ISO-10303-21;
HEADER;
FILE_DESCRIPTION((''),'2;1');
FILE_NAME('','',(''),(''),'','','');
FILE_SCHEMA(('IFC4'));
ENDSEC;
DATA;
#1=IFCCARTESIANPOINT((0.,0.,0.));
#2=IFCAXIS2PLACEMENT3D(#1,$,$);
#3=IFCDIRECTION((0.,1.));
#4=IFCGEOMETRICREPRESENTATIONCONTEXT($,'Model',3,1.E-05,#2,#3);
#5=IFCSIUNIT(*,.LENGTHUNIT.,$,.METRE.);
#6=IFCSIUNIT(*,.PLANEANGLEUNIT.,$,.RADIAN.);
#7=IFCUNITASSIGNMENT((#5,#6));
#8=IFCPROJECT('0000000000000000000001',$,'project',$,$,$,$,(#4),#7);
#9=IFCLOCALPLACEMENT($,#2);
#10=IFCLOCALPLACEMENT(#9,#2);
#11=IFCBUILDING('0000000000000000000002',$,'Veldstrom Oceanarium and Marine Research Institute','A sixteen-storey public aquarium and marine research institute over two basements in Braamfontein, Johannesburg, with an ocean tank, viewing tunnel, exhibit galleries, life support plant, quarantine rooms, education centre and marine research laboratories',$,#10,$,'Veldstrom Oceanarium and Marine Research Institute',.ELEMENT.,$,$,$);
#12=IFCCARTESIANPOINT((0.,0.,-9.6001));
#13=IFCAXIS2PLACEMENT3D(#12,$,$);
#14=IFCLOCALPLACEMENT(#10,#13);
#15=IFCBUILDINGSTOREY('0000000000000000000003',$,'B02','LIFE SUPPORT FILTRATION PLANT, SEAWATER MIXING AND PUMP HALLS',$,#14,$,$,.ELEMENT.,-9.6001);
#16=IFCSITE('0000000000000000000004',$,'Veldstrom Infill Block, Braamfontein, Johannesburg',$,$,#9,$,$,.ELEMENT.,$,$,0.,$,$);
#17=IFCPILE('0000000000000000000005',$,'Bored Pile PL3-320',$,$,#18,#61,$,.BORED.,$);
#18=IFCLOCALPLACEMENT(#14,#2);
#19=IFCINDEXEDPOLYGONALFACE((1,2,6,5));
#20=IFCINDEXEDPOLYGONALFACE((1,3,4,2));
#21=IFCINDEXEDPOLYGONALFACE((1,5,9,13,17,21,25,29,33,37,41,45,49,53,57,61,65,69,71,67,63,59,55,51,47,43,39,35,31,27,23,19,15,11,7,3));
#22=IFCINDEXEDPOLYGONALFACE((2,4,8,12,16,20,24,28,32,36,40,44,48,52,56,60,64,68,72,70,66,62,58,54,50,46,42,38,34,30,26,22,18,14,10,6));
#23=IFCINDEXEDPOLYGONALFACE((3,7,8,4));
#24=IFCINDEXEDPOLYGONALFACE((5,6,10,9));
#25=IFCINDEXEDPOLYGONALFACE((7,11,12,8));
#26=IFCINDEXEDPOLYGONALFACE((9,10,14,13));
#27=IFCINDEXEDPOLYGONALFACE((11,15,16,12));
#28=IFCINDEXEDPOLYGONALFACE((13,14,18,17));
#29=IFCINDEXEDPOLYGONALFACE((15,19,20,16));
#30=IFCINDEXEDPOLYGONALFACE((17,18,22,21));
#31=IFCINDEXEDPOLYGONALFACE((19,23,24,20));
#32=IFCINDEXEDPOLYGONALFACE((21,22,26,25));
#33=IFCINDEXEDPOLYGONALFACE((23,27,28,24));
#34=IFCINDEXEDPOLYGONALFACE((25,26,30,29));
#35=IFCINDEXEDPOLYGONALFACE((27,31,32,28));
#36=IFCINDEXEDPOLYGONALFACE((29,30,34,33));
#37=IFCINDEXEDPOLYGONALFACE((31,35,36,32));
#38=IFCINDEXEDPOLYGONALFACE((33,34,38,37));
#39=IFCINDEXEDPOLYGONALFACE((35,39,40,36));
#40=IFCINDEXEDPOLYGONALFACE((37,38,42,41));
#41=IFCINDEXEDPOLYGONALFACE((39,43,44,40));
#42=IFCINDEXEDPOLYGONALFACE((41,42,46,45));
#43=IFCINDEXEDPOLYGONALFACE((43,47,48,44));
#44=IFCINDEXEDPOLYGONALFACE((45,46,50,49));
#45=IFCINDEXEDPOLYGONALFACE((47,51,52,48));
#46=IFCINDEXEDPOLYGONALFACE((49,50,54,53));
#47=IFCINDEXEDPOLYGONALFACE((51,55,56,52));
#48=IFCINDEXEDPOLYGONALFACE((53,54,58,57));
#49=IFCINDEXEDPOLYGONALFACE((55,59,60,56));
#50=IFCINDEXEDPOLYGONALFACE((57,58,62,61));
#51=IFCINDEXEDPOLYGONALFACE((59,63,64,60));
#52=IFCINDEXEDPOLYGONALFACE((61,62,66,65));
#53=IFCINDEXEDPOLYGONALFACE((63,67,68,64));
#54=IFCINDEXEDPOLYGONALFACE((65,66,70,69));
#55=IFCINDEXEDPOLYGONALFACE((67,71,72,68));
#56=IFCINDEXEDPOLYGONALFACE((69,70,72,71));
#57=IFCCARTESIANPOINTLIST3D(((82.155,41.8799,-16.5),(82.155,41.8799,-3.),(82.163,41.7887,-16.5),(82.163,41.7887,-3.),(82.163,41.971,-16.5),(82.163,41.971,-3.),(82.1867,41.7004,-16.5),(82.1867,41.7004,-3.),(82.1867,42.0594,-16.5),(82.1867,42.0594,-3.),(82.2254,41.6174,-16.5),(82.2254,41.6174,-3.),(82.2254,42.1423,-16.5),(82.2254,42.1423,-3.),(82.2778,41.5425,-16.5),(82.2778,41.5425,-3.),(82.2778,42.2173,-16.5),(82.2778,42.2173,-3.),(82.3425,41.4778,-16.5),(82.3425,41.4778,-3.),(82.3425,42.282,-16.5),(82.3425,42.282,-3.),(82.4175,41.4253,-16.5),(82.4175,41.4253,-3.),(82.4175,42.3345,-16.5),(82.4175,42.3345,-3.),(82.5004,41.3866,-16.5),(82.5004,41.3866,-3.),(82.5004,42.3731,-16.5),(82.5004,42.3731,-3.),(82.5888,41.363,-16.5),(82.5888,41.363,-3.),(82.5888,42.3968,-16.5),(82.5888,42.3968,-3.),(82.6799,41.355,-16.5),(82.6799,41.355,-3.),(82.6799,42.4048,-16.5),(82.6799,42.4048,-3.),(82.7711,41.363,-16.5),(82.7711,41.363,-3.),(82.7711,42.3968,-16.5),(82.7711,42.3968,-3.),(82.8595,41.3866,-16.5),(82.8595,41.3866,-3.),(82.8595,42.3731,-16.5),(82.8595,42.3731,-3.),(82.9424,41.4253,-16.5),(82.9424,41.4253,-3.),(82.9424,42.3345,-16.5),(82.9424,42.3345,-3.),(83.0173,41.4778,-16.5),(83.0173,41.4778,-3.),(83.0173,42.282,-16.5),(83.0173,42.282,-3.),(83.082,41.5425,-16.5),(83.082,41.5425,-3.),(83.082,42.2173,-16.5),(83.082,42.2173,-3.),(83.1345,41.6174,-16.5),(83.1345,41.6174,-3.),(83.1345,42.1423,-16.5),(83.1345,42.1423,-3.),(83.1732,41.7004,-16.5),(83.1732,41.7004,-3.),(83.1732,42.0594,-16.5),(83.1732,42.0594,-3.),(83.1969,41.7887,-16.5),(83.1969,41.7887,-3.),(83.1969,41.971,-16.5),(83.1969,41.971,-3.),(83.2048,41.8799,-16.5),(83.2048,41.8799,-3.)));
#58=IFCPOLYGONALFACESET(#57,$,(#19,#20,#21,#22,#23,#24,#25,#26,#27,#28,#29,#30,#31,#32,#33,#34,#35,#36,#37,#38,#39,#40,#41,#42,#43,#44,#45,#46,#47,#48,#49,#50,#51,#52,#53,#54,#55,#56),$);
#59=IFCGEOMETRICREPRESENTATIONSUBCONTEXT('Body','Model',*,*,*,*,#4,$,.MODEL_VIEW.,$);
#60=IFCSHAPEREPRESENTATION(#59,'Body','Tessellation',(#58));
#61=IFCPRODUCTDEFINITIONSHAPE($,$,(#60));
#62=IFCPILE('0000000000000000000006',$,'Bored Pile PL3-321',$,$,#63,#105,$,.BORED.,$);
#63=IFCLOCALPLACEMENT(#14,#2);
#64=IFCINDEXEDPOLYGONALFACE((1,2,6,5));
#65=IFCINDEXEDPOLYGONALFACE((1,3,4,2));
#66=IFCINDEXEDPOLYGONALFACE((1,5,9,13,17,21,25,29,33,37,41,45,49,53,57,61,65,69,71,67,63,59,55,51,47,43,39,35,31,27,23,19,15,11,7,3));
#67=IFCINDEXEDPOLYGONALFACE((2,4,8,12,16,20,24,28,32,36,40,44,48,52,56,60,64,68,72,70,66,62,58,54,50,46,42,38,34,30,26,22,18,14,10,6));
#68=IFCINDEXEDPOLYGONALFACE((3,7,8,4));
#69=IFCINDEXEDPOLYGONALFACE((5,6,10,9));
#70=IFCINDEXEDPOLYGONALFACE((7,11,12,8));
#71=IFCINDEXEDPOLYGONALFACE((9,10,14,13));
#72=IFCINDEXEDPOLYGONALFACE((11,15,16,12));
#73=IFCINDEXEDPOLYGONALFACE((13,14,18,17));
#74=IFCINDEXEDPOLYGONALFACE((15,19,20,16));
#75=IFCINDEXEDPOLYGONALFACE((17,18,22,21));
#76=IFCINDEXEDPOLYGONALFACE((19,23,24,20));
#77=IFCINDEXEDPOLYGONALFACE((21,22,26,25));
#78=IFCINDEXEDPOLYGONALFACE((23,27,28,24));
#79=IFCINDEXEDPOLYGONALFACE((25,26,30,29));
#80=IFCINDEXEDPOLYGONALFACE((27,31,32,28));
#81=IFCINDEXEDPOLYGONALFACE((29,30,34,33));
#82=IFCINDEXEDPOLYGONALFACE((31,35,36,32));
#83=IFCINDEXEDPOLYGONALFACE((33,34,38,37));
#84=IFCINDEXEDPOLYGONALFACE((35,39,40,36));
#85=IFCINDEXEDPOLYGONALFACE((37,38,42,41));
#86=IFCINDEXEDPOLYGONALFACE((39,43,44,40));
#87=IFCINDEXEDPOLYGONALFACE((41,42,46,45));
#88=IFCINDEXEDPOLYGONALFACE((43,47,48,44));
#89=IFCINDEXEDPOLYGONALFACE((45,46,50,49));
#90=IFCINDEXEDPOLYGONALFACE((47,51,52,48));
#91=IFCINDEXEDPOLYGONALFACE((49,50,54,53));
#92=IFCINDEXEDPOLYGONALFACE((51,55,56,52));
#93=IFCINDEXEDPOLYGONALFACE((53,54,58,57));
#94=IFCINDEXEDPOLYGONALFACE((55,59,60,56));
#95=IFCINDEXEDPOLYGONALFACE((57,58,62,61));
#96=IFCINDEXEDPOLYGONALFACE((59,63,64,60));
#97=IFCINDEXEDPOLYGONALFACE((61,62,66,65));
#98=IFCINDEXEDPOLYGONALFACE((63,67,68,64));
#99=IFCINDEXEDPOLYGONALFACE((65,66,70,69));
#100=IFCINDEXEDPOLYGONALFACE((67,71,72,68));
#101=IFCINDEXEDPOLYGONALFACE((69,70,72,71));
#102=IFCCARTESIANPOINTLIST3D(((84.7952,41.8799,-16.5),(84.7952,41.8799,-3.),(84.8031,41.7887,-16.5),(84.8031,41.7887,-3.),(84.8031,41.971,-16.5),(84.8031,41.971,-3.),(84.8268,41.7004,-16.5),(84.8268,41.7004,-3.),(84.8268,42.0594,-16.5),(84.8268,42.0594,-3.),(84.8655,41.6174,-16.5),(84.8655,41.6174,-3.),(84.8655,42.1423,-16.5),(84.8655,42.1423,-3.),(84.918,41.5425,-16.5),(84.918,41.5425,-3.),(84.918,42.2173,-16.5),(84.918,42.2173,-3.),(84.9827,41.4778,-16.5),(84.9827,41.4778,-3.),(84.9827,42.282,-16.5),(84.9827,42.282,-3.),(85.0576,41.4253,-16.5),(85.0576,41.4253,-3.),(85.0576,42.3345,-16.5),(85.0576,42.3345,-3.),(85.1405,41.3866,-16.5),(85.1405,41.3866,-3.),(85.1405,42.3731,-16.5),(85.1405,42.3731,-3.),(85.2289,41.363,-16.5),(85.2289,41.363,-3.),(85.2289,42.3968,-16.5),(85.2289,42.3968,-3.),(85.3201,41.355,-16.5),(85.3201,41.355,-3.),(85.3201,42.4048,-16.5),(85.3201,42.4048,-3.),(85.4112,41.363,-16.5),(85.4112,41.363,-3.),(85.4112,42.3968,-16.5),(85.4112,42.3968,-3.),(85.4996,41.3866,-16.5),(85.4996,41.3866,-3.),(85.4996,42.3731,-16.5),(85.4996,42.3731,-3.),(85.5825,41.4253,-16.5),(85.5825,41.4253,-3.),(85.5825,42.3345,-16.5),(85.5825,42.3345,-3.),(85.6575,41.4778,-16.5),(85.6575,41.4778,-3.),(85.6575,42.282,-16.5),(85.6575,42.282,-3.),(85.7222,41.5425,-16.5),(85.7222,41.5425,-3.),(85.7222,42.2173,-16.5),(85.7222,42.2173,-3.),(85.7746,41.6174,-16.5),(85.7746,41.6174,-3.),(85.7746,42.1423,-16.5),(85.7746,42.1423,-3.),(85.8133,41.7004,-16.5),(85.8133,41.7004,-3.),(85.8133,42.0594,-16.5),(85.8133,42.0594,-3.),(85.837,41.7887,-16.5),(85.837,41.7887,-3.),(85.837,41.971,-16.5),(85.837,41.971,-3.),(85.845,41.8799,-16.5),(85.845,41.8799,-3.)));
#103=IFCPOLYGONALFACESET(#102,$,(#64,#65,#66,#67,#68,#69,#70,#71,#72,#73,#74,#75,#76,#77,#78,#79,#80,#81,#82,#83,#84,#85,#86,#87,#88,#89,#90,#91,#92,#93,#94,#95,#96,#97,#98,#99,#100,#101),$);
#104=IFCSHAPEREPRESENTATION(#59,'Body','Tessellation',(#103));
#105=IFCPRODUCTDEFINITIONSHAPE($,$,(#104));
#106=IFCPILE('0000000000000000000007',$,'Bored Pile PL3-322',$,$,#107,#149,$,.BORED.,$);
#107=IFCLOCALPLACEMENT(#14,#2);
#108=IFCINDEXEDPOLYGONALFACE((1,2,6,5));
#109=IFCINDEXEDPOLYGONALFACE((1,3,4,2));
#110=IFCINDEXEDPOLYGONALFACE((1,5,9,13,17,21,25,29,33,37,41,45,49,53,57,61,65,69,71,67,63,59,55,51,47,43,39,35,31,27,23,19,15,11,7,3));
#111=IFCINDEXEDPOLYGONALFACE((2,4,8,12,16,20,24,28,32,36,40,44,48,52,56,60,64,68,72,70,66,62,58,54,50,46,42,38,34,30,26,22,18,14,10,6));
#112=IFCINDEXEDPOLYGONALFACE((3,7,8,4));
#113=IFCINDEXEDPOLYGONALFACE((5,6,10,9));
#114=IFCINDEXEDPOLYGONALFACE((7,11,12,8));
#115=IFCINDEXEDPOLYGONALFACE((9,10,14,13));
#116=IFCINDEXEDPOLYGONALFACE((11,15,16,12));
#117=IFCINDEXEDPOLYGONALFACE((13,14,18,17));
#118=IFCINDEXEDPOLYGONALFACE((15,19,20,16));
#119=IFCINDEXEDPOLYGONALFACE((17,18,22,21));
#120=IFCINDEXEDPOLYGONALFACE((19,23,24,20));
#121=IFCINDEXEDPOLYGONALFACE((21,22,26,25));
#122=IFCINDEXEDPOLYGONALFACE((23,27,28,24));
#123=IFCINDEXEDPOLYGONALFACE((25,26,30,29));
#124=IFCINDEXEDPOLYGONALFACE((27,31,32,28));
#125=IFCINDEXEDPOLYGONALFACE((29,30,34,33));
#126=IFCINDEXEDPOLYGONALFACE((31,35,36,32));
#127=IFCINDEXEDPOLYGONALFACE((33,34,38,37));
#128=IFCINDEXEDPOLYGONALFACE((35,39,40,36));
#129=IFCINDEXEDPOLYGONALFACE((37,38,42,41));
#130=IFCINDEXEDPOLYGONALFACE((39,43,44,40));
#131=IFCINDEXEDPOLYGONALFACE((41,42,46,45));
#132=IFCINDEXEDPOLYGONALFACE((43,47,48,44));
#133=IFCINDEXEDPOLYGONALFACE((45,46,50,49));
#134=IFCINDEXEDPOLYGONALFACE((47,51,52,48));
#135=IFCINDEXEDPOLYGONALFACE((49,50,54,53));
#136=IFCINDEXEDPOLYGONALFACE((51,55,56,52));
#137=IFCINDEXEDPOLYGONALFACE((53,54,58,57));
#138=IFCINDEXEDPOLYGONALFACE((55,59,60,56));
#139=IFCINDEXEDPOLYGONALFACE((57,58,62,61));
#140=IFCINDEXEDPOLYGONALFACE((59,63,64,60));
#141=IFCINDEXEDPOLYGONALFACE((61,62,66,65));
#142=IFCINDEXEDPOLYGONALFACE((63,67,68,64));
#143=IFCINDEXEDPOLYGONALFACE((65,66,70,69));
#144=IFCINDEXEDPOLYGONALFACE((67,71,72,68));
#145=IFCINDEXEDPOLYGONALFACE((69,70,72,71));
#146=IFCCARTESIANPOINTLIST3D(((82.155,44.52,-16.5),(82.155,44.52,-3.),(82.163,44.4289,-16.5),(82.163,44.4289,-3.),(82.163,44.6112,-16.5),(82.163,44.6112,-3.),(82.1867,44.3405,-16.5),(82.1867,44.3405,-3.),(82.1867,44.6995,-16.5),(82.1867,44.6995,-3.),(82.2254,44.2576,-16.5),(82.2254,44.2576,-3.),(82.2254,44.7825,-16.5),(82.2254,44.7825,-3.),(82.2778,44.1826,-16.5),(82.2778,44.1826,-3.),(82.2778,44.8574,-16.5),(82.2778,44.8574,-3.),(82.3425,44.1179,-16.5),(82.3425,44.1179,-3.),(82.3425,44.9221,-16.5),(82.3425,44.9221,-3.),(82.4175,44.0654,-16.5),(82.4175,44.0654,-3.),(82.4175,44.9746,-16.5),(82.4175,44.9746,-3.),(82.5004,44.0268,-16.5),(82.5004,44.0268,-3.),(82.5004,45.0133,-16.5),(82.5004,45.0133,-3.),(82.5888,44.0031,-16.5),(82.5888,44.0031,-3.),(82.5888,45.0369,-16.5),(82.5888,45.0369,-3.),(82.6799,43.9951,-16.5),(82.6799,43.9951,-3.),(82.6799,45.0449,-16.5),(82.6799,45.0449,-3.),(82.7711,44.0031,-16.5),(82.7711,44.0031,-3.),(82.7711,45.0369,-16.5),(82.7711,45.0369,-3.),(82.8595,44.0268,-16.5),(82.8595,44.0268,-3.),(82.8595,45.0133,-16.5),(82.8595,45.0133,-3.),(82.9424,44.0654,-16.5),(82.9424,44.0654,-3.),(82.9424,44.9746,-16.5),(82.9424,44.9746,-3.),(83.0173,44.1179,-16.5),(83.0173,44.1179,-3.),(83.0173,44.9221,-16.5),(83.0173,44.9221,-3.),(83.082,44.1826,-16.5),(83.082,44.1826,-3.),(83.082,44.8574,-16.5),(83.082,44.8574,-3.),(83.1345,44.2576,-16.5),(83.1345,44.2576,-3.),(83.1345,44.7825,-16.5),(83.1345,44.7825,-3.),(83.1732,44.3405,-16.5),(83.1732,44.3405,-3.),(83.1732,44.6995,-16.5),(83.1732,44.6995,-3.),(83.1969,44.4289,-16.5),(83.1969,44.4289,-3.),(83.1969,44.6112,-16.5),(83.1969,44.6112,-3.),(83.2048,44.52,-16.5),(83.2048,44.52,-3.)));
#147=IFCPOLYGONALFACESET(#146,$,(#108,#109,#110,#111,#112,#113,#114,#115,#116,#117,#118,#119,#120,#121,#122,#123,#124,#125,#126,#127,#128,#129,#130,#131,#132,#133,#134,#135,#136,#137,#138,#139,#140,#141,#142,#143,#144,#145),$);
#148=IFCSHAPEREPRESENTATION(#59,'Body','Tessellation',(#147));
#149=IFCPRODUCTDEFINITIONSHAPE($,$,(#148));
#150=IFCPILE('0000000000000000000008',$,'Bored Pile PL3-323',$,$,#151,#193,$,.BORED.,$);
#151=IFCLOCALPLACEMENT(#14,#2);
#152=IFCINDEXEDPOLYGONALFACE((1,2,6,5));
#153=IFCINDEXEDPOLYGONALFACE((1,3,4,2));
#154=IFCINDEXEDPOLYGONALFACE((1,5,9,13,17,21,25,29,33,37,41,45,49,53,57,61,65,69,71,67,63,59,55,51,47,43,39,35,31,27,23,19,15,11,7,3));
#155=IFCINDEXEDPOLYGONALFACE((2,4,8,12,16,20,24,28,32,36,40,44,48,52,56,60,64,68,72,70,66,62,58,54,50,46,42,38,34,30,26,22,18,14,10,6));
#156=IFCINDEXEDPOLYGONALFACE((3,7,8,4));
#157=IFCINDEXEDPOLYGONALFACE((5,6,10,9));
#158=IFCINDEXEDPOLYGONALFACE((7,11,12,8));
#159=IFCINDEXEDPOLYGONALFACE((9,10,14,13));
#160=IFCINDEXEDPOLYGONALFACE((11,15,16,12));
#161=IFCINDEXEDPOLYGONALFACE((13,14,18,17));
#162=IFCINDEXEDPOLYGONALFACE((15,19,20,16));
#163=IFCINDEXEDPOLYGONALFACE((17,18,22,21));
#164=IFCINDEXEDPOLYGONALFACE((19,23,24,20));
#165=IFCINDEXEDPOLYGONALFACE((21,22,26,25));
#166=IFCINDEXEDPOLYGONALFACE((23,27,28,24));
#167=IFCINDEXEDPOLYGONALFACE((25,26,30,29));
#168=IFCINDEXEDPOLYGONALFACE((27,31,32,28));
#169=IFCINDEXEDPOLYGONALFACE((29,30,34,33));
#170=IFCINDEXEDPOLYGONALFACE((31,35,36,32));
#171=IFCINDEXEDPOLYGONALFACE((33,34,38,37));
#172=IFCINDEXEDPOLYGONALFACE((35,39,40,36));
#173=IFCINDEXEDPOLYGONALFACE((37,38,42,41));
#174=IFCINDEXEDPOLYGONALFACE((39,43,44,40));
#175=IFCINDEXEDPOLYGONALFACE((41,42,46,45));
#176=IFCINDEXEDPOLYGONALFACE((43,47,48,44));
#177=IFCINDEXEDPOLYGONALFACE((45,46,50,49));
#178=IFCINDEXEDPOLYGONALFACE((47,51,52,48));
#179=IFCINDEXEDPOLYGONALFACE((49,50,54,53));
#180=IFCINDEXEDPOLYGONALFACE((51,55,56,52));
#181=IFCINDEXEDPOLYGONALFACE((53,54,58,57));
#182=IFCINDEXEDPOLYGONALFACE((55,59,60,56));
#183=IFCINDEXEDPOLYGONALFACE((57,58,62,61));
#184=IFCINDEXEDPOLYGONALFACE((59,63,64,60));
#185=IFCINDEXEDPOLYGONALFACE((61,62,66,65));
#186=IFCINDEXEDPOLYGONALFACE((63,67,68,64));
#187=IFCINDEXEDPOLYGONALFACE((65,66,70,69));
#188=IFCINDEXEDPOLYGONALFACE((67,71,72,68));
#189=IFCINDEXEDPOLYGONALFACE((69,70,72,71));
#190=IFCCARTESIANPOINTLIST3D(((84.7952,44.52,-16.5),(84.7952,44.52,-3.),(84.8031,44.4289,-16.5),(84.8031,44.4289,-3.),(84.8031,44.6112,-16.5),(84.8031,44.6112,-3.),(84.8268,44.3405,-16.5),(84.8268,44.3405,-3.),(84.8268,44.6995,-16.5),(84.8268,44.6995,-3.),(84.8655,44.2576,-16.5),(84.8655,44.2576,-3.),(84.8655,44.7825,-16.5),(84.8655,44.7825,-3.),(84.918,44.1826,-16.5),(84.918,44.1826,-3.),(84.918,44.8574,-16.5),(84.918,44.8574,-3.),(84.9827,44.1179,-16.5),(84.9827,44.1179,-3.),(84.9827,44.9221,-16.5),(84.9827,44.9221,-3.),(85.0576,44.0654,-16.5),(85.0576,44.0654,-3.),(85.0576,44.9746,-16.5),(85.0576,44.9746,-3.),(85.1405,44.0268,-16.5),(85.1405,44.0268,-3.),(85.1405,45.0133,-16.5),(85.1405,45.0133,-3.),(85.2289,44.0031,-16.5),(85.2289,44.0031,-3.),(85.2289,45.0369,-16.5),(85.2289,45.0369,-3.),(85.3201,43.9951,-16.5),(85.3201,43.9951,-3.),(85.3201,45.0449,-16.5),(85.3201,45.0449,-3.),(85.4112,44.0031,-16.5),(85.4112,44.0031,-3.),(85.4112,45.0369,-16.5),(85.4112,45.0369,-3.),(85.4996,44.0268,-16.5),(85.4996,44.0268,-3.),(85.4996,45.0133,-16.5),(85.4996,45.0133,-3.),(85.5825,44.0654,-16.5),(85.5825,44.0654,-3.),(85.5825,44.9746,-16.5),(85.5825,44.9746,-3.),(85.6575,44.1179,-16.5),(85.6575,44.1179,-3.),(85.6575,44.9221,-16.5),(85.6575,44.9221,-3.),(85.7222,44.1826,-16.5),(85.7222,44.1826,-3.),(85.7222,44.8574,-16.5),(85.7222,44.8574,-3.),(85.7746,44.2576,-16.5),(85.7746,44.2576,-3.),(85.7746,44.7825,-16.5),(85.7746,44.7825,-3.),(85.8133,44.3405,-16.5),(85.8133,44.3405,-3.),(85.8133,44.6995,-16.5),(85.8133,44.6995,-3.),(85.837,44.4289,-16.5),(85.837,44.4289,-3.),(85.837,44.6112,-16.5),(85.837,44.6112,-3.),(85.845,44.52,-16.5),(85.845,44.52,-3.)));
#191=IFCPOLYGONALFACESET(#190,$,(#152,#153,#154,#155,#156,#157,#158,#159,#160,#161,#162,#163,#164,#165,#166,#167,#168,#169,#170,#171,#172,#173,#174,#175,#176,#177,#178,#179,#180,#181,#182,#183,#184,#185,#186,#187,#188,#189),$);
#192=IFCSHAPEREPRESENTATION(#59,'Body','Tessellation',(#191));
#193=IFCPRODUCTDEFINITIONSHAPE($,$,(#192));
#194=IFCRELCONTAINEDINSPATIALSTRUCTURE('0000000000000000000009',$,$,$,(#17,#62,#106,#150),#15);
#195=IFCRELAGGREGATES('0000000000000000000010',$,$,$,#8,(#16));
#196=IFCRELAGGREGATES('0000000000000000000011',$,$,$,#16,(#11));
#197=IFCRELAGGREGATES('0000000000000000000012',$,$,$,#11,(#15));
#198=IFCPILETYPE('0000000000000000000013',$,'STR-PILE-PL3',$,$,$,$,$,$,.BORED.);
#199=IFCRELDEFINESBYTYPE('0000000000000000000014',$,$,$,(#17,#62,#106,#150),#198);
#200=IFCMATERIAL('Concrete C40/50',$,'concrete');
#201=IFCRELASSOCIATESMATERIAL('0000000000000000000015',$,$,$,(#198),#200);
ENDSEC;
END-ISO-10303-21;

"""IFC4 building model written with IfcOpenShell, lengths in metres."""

from ifc_helpers import new_model, si_unit, direction, frame, origin, origin_2d, place, context, subcontext, project, spatial, circle, extrude, material, material_profile, profile_set, type_object, element, save


model = new_model("IFC4")

# Units and contexts
model_context = context("Model", 3, precision=1e-05, world=origin(), true_north=direction((0.0, 1.0)))
body_context = subcontext(model_context, "Body", "Model", "MODEL_VIEW")
ifc_project = project(units=[si_unit("LENGTHUNIT", "METRE"), si_unit("PLANEANGLEUNIT", "RADIAN")], contexts=[model_context])

# Site, building, storey
site_placement = place(None, origin())
site = spatial("IfcSite", under=ifc_project, at=site_placement, Name="Veldstrom Infill Block, Braamfontein, Johannesburg", CompositionType="ELEMENT", RefElevation=0.0)
building_placement = place(site_placement, origin())
building = spatial("IfcBuilding", under=site, at=building_placement, Name="Veldstrom Oceanarium and Marine Research Institute", Description="A sixteen-storey public aquarium and marine research institute over two basements in Braamfontein, Johannesburg, with an ocean tank, viewing tunnel, exhibit galleries, life support plant, quarantine rooms, education centre and marine research laboratories", LongName="Veldstrom Oceanarium and Marine Research Institute", CompositionType="ELEMENT")
storey_placement = place(building_placement, frame((0.0, 0.0, -9.6001)))
storey = spatial("IfcBuildingStorey", under=building, at=storey_placement, Name="B02", Description="LIFE SUPPORT FILTRATION PLANT, SEAWATER MIXING AND PUMP HALLS", CompositionType="ELEMENT", Elevation=-9.6001)

# Piles
ifc_material_1 = material(Name="Concrete C40/50", Category="concrete")
ifc_material_profile_1 = material_profile(ifc_material_1, circle(Radius=0.5249, at=origin_2d()), Name="PILE-D1050")
ifc_profile_set_1 = profile_set([ifc_material_profile_1], Name="Concrete C40/50")
pile_type = type_object("IfcPileType", Name="STR-PILE-PL3", PredefinedType="BORED", material=ifc_profile_set_1)
for number, where, z_axis, x_axis, name in (
    (1, (82.6799, 41.8799, -3.0), (0.0, 0.0, -1.0), (1.0, 0.0, 0.0), "Bored Pile PL3-320"),
    (2, (85.3201, 41.8799, -3.0), (0.0, 0.0, -1.0), (1.0, 0.0, 0.0), "Bored Pile PL3-321"),
    (3, (82.6799, 44.52, -3.0), (0.0, 0.0, -1.0), (1.0, 0.0, 0.0), "Bored Pile PL3-322"),
    (4, (85.3201, 44.52, -3.0), (0.0, 0.0, -1.0), (1.0, 0.0, 0.0), "Bored Pile PL3-323"),
):
    element("IfcPile", number, at=place(storey_placement, frame(where, z_axis=z_axis, x_axis=x_axis)), inside=storey, type_object=pile_type, Name=name, PredefinedType="BORED", context=body_context, shape_type="SweptSolid", body=[
        extrude(circle(Radius=0.5249, at=origin_2d()), origin(), (0.0, 0.0, 1.0), 13.5),
    ])

save(model, "model.ifc")
